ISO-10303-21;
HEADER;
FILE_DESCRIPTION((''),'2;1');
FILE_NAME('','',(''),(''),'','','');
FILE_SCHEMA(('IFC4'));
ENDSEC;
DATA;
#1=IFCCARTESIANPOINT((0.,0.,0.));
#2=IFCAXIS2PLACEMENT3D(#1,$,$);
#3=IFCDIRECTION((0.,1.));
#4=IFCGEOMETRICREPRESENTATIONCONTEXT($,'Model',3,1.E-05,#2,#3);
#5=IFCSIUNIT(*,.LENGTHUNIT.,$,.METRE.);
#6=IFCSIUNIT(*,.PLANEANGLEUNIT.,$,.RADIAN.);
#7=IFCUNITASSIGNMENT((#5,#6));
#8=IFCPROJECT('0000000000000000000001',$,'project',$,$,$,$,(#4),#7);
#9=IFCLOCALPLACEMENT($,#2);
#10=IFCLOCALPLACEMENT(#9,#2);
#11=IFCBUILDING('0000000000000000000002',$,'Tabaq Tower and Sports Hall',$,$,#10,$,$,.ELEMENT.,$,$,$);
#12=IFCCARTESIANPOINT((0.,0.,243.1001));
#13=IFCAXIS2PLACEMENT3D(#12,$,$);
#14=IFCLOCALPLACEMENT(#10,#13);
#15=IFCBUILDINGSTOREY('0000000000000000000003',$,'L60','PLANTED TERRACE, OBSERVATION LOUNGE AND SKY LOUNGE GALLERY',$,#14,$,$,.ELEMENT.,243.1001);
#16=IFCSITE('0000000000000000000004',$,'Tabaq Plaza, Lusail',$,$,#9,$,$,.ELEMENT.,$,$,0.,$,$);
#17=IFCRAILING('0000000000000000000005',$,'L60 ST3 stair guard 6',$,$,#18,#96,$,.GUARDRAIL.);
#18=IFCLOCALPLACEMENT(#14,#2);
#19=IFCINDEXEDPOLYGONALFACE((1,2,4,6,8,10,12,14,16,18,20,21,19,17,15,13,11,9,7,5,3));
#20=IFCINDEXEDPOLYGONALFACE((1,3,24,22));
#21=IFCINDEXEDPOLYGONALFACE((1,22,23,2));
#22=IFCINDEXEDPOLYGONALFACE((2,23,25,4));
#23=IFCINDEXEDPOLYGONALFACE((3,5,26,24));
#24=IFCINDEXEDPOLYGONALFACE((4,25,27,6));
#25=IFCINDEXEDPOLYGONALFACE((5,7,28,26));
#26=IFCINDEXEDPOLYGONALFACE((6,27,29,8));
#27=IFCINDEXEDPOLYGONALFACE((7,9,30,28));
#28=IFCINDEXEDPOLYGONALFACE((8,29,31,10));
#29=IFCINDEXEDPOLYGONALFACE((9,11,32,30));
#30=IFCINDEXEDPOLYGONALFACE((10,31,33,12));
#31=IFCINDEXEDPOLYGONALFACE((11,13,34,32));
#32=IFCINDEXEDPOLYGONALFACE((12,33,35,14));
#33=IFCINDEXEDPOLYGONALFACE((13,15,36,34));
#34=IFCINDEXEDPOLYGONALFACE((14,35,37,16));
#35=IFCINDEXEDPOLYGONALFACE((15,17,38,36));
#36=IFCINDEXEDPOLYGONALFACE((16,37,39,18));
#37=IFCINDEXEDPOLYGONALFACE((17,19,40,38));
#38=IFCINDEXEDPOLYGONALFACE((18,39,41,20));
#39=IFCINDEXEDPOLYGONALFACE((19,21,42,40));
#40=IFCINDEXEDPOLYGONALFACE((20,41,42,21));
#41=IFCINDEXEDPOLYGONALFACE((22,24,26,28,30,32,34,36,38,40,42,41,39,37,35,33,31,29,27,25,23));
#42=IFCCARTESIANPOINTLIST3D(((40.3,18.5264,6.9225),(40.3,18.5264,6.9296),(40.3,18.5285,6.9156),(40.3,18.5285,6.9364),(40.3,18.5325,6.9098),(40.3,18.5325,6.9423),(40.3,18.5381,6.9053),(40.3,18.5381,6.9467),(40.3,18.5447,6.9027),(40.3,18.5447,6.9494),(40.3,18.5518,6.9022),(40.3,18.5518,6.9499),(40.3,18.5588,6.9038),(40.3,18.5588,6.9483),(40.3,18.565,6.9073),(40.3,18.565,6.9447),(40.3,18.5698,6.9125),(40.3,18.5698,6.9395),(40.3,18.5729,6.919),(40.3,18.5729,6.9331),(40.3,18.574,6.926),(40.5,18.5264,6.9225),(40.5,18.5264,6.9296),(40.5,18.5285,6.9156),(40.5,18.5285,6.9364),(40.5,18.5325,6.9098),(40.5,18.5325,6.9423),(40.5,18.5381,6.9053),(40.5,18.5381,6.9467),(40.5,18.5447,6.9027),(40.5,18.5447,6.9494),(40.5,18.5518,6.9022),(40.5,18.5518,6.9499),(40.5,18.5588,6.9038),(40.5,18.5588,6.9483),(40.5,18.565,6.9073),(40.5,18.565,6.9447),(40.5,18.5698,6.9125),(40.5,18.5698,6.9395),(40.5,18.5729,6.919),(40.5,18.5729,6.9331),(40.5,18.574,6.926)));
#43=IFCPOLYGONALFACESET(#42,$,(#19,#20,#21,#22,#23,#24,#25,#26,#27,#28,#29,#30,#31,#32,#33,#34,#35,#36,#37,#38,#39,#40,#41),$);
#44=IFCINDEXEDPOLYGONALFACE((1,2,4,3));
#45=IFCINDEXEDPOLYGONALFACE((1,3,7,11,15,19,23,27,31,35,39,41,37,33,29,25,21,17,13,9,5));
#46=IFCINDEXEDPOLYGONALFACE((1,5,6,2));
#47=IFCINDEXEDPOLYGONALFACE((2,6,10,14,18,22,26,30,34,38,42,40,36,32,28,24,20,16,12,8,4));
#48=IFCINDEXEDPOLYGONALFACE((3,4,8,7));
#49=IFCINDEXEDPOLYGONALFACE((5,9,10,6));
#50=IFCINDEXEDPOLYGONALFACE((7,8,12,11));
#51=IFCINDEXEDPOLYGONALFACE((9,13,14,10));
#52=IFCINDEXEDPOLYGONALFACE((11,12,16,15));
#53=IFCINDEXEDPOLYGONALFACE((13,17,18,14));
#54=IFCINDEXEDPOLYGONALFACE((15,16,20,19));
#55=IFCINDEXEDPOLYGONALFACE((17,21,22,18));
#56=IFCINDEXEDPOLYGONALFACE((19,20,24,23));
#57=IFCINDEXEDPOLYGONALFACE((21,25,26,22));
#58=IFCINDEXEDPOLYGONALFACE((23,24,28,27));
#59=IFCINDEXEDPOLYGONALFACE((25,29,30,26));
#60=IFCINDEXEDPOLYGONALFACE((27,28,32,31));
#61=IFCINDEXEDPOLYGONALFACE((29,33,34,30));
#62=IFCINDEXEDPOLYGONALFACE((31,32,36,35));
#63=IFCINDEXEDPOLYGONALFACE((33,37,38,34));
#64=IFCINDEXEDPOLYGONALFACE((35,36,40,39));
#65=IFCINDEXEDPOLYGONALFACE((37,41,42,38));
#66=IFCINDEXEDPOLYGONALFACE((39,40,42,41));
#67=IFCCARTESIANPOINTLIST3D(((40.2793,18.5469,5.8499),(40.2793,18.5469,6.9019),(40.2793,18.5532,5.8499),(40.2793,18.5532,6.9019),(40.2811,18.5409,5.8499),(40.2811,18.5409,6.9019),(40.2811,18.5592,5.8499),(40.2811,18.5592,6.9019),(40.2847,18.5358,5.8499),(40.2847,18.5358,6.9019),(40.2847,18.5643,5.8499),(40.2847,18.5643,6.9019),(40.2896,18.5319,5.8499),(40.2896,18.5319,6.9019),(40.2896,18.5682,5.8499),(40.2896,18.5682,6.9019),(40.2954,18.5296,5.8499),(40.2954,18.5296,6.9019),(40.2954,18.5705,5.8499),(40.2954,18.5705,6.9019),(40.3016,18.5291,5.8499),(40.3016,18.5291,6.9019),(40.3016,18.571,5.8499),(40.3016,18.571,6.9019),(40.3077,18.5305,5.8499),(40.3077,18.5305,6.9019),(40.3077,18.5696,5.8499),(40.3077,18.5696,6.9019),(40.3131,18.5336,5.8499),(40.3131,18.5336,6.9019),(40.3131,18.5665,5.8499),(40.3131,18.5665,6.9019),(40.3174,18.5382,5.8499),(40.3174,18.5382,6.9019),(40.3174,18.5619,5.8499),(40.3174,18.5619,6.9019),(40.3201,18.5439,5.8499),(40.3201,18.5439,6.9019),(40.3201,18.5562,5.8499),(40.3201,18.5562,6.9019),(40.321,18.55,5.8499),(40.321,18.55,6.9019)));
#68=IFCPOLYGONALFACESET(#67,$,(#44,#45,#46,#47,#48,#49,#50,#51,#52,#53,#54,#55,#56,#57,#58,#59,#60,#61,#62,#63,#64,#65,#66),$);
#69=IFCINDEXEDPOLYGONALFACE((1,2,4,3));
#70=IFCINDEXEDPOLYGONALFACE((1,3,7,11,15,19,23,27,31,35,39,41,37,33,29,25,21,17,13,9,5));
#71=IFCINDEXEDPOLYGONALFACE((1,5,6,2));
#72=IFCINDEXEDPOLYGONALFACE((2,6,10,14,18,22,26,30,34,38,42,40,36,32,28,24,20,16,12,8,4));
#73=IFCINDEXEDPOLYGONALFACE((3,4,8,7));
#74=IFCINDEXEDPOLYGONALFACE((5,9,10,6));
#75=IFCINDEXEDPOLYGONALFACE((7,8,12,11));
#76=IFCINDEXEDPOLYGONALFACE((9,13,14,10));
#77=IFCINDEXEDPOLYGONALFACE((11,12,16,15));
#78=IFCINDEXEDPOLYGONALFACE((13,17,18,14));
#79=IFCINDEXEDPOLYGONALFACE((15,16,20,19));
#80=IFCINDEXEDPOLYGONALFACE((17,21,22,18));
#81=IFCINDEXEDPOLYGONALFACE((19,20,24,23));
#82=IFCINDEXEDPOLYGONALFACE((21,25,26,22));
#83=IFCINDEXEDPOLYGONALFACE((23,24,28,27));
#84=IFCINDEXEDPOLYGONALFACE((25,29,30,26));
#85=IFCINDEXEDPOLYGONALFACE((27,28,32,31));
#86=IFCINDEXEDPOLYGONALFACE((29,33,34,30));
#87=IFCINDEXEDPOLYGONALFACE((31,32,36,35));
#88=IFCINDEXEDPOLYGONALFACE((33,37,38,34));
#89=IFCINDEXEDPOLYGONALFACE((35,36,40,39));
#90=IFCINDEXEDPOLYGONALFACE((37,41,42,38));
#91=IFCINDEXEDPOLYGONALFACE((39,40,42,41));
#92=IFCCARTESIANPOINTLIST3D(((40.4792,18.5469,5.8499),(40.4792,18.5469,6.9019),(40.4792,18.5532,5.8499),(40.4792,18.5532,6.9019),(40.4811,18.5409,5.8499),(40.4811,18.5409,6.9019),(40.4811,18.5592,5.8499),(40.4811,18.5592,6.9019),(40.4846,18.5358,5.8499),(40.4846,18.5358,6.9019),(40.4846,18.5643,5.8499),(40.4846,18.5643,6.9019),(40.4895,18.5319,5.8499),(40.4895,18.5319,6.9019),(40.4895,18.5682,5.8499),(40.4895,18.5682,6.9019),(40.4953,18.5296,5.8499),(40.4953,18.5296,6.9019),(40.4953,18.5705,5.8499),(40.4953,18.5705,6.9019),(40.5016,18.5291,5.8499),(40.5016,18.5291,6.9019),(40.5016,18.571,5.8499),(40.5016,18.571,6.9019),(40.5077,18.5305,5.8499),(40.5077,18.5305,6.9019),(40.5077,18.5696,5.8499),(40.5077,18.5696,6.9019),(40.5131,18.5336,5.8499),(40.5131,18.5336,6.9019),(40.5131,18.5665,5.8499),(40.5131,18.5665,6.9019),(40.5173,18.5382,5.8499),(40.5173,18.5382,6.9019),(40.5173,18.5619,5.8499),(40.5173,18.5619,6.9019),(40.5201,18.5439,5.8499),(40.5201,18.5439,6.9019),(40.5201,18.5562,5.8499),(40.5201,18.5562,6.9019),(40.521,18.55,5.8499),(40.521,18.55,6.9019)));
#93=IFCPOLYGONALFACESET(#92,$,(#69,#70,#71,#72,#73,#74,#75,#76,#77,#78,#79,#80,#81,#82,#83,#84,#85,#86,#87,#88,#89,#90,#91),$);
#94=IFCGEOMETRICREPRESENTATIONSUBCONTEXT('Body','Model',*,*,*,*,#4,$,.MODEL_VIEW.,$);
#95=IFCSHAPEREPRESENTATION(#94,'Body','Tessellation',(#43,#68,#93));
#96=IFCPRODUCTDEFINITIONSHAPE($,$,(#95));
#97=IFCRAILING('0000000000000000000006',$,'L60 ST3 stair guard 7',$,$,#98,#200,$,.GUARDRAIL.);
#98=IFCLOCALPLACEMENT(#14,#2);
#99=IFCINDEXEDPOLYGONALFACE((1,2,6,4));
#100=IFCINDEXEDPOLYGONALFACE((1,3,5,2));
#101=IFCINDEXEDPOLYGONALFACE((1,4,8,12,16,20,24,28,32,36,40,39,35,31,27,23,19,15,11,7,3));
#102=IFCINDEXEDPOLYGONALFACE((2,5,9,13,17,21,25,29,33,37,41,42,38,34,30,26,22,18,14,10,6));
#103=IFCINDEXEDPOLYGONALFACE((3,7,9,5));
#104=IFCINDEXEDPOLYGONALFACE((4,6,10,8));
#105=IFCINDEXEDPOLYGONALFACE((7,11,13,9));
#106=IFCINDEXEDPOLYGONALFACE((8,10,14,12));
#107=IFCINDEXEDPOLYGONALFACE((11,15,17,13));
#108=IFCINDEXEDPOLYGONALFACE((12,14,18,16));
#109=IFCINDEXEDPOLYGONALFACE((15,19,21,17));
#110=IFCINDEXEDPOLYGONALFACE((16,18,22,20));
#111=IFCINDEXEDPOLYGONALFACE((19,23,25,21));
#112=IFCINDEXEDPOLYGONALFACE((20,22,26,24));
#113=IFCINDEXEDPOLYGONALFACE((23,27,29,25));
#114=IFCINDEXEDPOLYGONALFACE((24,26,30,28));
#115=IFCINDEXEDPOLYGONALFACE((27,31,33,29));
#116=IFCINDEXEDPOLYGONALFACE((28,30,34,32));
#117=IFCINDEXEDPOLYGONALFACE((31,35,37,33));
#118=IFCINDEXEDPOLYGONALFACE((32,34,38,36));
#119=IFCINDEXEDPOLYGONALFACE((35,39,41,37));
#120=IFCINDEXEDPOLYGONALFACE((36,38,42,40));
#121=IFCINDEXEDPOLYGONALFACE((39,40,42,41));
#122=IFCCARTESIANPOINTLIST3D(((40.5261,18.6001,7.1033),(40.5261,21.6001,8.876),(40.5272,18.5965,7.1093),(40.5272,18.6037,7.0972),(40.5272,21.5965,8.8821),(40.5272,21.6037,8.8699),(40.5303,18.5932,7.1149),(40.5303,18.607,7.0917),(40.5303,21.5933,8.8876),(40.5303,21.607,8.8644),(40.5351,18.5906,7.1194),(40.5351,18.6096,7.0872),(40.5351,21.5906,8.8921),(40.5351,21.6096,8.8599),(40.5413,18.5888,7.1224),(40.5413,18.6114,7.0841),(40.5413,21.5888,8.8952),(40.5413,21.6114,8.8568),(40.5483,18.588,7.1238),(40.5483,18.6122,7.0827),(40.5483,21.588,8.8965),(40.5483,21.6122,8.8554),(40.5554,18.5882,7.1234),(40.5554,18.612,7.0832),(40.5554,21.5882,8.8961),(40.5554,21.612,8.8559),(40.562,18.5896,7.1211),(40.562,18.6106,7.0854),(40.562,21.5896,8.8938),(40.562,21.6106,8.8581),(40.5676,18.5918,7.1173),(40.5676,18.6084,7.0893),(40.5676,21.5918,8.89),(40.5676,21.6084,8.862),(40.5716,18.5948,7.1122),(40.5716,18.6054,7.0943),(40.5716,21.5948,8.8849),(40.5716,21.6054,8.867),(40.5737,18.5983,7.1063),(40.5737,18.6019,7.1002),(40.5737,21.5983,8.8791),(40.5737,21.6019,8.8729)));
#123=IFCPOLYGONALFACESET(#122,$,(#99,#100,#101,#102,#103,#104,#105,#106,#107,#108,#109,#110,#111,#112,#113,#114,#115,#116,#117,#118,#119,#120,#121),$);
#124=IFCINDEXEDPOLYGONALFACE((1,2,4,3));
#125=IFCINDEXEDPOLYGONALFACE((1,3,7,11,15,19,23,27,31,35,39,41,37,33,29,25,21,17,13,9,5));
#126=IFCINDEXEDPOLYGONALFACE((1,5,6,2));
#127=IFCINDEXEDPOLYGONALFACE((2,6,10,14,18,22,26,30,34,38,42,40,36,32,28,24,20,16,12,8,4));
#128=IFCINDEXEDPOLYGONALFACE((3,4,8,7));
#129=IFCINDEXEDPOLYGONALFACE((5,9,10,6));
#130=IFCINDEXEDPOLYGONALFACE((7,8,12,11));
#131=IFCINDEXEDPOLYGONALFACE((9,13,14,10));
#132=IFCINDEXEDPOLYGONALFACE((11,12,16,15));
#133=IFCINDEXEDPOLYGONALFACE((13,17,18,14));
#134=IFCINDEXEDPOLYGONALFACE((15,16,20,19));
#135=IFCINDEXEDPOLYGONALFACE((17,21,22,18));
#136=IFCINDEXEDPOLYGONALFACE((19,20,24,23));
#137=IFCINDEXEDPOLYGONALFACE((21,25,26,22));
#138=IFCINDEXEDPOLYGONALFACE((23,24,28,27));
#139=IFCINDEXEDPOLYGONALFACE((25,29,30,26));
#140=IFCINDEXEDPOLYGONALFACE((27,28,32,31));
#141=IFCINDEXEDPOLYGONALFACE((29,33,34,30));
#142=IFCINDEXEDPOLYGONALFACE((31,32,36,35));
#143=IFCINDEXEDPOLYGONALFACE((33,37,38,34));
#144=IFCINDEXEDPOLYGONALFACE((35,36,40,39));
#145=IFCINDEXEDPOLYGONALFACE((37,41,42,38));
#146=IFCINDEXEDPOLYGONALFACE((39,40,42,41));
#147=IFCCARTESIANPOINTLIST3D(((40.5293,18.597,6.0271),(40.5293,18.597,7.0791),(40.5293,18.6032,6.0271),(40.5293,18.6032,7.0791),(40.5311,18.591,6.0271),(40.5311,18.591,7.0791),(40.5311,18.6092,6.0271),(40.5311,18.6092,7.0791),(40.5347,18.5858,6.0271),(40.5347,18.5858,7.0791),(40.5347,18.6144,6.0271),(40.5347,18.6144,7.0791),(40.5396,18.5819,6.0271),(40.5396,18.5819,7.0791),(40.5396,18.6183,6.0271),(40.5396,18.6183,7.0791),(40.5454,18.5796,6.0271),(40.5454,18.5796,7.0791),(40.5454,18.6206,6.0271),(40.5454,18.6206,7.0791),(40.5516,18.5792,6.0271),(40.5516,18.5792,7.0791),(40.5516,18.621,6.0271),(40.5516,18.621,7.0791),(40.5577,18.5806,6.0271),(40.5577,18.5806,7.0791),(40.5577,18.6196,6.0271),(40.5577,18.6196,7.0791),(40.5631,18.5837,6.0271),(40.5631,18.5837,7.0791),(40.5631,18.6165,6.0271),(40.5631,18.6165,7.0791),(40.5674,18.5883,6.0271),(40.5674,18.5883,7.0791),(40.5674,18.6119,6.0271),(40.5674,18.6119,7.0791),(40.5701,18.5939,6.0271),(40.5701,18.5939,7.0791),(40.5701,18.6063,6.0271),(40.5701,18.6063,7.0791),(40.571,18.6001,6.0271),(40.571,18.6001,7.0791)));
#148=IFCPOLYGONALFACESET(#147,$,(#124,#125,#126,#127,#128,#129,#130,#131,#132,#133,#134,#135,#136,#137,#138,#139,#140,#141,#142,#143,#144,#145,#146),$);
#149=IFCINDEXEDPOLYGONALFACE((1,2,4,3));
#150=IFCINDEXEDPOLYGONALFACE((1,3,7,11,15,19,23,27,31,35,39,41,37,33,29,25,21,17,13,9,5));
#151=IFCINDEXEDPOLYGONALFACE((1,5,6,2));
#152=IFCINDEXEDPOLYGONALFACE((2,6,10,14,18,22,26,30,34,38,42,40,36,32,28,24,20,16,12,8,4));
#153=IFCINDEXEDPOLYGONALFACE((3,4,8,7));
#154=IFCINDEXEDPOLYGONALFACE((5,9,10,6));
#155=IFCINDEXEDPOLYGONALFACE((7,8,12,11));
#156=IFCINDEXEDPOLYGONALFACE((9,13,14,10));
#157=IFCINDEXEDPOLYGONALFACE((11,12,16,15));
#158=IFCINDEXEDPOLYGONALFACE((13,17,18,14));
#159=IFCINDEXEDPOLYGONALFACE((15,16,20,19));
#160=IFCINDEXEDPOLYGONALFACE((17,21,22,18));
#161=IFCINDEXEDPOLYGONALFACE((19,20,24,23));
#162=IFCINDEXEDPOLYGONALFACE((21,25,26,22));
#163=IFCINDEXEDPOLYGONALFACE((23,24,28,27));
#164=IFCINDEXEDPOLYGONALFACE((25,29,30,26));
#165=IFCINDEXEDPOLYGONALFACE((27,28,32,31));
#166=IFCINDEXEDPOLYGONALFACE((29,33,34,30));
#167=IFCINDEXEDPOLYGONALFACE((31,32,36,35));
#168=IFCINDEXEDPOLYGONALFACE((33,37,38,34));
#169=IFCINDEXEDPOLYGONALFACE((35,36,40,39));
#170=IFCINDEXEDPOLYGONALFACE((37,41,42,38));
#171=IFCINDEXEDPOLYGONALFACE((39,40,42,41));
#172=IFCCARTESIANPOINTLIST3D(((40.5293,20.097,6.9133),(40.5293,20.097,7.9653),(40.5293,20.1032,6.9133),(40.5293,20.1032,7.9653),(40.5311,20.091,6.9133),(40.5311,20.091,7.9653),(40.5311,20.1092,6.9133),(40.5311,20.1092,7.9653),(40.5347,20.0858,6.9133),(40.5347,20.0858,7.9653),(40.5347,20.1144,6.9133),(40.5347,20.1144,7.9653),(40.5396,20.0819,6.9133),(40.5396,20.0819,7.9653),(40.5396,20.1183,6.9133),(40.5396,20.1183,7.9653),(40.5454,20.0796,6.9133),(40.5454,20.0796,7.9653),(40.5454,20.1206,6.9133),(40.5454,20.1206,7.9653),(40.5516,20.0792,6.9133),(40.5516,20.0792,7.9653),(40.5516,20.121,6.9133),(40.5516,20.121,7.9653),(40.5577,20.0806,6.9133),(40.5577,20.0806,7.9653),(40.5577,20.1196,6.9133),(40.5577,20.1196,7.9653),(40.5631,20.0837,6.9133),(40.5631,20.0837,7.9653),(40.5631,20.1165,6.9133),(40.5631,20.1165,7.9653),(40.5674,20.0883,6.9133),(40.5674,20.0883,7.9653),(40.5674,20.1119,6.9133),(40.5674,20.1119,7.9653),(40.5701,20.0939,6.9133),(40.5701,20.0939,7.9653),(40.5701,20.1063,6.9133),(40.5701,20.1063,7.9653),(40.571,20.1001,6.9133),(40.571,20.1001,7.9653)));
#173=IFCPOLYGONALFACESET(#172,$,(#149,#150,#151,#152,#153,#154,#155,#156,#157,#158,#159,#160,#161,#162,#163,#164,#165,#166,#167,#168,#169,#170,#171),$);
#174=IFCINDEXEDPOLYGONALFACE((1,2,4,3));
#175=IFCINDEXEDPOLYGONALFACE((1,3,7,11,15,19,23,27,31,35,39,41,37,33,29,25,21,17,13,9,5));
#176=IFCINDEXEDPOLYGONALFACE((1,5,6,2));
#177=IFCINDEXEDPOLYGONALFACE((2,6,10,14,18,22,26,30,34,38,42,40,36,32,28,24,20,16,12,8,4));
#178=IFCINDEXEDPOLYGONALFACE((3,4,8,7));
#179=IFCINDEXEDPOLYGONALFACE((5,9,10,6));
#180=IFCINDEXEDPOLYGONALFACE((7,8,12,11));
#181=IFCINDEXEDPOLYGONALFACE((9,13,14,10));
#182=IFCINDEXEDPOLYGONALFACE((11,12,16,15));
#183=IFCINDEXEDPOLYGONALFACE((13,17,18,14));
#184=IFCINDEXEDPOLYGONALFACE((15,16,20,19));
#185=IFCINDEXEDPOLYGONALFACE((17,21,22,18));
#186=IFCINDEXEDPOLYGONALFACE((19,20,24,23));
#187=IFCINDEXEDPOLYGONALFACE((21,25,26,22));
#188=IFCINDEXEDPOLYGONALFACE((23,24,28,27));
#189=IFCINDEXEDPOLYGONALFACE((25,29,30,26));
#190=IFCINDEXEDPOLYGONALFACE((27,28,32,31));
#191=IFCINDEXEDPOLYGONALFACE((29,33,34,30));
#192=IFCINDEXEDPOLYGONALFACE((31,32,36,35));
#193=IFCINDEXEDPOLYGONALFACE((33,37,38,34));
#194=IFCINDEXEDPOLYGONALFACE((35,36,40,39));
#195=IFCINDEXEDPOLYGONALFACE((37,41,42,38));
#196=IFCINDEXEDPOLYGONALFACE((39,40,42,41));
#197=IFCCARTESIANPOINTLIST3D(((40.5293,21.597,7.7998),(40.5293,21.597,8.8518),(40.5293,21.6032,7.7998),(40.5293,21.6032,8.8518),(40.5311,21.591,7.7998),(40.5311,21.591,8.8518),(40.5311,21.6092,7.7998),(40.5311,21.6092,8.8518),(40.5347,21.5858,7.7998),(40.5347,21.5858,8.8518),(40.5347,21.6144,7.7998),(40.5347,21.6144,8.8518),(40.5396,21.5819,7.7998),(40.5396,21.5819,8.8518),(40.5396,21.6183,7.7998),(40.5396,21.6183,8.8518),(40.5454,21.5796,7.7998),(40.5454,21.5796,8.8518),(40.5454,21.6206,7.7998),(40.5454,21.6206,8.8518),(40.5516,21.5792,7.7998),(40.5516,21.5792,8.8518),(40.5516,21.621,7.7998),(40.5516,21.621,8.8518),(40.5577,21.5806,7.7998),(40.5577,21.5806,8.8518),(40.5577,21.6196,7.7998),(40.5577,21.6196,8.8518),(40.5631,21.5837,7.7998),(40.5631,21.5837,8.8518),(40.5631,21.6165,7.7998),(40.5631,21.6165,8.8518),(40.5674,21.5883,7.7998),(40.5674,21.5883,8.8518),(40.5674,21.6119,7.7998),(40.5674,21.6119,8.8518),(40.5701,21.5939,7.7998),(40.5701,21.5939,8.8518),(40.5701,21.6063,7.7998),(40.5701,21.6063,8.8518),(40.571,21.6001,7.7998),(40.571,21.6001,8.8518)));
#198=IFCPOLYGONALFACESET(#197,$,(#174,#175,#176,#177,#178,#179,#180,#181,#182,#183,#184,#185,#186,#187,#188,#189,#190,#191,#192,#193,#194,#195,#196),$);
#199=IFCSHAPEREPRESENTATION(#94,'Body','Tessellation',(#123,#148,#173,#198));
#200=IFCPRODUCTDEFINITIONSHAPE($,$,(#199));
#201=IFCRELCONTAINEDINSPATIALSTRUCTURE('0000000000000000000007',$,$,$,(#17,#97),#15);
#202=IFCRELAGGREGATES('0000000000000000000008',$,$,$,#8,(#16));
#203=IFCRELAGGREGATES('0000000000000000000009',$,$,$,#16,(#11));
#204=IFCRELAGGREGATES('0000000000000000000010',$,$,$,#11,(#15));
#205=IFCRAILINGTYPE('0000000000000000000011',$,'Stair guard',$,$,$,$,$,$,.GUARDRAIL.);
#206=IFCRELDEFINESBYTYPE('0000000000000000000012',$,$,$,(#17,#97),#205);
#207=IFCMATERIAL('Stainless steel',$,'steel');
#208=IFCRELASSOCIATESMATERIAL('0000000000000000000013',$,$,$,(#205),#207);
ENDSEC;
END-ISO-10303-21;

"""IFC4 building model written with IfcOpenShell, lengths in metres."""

from ifc_helpers import new_model, si_unit, direction, frame, origin, origin_2d, place, context, subcontext, project, spatial, circle, extrude, material, type_object, element, save


model = new_model("IFC4")

# Units and contexts
model_context = context("Model", 3, precision=1e-05, world=origin(), true_north=direction((0.0, 1.0)))
body_context = subcontext(model_context, "Body", "Model", "MODEL_VIEW")
ifc_project = project(units=[si_unit("LENGTHUNIT", "METRE"), si_unit("PLANEANGLEUNIT", "RADIAN")], contexts=[model_context])

# Site, building, storey
site_placement = place(None, origin())
site = spatial("IfcSite", under=ifc_project, at=site_placement, Name="Tabaq Plaza, Lusail", CompositionType="ELEMENT", RefElevation=0.0)
building_placement = place(site_placement, origin())
building = spatial("IfcBuilding", under=site, at=building_placement, Name="Tabaq Tower and Sports Hall", CompositionType="ELEMENT")
storey_placement = place(building_placement, frame((0.0, 0.0, 243.1001)))
storey = spatial("IfcBuildingStorey", under=building, at=storey_placement, Name="L60", Description="PLANTED TERRACE, OBSERVATION LOUNGE AND SKY LOUNGE GALLERY", CompositionType="ELEMENT", Elevation=243.1001)

# Railings
ifc_material_1 = material(Name="Stainless steel", Category="steel")
railing_type_1 = type_object("IfcRailingType", Name="Stair guard", PredefinedType="GUARDRAIL", material=ifc_material_1)
railing_1_placement = place(storey_placement, frame((40.3, 18.55, 5.8499)))
element("IfcRailing", 1, at=railing_1_placement, inside=storey, type_object=railing_type_1, Name="L60 ST3 stair guard 6", PredefinedType="GUARDRAIL", context=body_context, shape_type="SweptSolid", body=[
    extrude(circle(Radius=0.0239, at=origin_2d()), frame((0.0, 0.0, 1.0762), z_axis=(1.0, 0.0, 0.0), x_axis=(0.0, 1.0, 0.0)), (0.0, 0.0, 1.0), 0.2),
    extrude(circle(Radius=0.021, at=origin_2d()), origin(), (0.0, 0.0, 1.0), 1.052),
    extrude(circle(Radius=0.021, at=origin_2d()), frame((0.2, 0.0, 0.0)), (0.0, 0.0, 1.0), 1.052),
])
railing_2_placement = place(storey_placement, frame((40.55, 18.6001, 6.0271)))
element("IfcRailing", 2, at=railing_2_placement, inside=storey, type_object=railing_type_1, Name="L60 ST3 stair guard 7", PredefinedType="GUARDRAIL", context=body_context, shape_type="SweptSolid", body=[
    extrude(circle(Radius=0.0239, at=origin_2d()), frame((0.0, 0.0, 1.0762), z_axis=(0.0, 0.860929, 0.508725), x_axis=(-1.0, 0.0, 0.0)), (0.0, 0.0, 1.0), 3.4846),
    extrude(circle(Radius=0.021, at=origin_2d()), origin(), (0.0, 0.0, 1.0), 1.052),
    extrude(circle(Radius=0.021, at=origin_2d()), frame((0.0, 1.5, 0.8862)), (0.0, 0.0, 1.0), 1.052),
    extrude(circle(Radius=0.021, at=origin_2d()), frame((0.0, 3.0, 1.7727)), (0.0, 0.0, 1.0), 1.052),
])

save(model, "model.ifc")
